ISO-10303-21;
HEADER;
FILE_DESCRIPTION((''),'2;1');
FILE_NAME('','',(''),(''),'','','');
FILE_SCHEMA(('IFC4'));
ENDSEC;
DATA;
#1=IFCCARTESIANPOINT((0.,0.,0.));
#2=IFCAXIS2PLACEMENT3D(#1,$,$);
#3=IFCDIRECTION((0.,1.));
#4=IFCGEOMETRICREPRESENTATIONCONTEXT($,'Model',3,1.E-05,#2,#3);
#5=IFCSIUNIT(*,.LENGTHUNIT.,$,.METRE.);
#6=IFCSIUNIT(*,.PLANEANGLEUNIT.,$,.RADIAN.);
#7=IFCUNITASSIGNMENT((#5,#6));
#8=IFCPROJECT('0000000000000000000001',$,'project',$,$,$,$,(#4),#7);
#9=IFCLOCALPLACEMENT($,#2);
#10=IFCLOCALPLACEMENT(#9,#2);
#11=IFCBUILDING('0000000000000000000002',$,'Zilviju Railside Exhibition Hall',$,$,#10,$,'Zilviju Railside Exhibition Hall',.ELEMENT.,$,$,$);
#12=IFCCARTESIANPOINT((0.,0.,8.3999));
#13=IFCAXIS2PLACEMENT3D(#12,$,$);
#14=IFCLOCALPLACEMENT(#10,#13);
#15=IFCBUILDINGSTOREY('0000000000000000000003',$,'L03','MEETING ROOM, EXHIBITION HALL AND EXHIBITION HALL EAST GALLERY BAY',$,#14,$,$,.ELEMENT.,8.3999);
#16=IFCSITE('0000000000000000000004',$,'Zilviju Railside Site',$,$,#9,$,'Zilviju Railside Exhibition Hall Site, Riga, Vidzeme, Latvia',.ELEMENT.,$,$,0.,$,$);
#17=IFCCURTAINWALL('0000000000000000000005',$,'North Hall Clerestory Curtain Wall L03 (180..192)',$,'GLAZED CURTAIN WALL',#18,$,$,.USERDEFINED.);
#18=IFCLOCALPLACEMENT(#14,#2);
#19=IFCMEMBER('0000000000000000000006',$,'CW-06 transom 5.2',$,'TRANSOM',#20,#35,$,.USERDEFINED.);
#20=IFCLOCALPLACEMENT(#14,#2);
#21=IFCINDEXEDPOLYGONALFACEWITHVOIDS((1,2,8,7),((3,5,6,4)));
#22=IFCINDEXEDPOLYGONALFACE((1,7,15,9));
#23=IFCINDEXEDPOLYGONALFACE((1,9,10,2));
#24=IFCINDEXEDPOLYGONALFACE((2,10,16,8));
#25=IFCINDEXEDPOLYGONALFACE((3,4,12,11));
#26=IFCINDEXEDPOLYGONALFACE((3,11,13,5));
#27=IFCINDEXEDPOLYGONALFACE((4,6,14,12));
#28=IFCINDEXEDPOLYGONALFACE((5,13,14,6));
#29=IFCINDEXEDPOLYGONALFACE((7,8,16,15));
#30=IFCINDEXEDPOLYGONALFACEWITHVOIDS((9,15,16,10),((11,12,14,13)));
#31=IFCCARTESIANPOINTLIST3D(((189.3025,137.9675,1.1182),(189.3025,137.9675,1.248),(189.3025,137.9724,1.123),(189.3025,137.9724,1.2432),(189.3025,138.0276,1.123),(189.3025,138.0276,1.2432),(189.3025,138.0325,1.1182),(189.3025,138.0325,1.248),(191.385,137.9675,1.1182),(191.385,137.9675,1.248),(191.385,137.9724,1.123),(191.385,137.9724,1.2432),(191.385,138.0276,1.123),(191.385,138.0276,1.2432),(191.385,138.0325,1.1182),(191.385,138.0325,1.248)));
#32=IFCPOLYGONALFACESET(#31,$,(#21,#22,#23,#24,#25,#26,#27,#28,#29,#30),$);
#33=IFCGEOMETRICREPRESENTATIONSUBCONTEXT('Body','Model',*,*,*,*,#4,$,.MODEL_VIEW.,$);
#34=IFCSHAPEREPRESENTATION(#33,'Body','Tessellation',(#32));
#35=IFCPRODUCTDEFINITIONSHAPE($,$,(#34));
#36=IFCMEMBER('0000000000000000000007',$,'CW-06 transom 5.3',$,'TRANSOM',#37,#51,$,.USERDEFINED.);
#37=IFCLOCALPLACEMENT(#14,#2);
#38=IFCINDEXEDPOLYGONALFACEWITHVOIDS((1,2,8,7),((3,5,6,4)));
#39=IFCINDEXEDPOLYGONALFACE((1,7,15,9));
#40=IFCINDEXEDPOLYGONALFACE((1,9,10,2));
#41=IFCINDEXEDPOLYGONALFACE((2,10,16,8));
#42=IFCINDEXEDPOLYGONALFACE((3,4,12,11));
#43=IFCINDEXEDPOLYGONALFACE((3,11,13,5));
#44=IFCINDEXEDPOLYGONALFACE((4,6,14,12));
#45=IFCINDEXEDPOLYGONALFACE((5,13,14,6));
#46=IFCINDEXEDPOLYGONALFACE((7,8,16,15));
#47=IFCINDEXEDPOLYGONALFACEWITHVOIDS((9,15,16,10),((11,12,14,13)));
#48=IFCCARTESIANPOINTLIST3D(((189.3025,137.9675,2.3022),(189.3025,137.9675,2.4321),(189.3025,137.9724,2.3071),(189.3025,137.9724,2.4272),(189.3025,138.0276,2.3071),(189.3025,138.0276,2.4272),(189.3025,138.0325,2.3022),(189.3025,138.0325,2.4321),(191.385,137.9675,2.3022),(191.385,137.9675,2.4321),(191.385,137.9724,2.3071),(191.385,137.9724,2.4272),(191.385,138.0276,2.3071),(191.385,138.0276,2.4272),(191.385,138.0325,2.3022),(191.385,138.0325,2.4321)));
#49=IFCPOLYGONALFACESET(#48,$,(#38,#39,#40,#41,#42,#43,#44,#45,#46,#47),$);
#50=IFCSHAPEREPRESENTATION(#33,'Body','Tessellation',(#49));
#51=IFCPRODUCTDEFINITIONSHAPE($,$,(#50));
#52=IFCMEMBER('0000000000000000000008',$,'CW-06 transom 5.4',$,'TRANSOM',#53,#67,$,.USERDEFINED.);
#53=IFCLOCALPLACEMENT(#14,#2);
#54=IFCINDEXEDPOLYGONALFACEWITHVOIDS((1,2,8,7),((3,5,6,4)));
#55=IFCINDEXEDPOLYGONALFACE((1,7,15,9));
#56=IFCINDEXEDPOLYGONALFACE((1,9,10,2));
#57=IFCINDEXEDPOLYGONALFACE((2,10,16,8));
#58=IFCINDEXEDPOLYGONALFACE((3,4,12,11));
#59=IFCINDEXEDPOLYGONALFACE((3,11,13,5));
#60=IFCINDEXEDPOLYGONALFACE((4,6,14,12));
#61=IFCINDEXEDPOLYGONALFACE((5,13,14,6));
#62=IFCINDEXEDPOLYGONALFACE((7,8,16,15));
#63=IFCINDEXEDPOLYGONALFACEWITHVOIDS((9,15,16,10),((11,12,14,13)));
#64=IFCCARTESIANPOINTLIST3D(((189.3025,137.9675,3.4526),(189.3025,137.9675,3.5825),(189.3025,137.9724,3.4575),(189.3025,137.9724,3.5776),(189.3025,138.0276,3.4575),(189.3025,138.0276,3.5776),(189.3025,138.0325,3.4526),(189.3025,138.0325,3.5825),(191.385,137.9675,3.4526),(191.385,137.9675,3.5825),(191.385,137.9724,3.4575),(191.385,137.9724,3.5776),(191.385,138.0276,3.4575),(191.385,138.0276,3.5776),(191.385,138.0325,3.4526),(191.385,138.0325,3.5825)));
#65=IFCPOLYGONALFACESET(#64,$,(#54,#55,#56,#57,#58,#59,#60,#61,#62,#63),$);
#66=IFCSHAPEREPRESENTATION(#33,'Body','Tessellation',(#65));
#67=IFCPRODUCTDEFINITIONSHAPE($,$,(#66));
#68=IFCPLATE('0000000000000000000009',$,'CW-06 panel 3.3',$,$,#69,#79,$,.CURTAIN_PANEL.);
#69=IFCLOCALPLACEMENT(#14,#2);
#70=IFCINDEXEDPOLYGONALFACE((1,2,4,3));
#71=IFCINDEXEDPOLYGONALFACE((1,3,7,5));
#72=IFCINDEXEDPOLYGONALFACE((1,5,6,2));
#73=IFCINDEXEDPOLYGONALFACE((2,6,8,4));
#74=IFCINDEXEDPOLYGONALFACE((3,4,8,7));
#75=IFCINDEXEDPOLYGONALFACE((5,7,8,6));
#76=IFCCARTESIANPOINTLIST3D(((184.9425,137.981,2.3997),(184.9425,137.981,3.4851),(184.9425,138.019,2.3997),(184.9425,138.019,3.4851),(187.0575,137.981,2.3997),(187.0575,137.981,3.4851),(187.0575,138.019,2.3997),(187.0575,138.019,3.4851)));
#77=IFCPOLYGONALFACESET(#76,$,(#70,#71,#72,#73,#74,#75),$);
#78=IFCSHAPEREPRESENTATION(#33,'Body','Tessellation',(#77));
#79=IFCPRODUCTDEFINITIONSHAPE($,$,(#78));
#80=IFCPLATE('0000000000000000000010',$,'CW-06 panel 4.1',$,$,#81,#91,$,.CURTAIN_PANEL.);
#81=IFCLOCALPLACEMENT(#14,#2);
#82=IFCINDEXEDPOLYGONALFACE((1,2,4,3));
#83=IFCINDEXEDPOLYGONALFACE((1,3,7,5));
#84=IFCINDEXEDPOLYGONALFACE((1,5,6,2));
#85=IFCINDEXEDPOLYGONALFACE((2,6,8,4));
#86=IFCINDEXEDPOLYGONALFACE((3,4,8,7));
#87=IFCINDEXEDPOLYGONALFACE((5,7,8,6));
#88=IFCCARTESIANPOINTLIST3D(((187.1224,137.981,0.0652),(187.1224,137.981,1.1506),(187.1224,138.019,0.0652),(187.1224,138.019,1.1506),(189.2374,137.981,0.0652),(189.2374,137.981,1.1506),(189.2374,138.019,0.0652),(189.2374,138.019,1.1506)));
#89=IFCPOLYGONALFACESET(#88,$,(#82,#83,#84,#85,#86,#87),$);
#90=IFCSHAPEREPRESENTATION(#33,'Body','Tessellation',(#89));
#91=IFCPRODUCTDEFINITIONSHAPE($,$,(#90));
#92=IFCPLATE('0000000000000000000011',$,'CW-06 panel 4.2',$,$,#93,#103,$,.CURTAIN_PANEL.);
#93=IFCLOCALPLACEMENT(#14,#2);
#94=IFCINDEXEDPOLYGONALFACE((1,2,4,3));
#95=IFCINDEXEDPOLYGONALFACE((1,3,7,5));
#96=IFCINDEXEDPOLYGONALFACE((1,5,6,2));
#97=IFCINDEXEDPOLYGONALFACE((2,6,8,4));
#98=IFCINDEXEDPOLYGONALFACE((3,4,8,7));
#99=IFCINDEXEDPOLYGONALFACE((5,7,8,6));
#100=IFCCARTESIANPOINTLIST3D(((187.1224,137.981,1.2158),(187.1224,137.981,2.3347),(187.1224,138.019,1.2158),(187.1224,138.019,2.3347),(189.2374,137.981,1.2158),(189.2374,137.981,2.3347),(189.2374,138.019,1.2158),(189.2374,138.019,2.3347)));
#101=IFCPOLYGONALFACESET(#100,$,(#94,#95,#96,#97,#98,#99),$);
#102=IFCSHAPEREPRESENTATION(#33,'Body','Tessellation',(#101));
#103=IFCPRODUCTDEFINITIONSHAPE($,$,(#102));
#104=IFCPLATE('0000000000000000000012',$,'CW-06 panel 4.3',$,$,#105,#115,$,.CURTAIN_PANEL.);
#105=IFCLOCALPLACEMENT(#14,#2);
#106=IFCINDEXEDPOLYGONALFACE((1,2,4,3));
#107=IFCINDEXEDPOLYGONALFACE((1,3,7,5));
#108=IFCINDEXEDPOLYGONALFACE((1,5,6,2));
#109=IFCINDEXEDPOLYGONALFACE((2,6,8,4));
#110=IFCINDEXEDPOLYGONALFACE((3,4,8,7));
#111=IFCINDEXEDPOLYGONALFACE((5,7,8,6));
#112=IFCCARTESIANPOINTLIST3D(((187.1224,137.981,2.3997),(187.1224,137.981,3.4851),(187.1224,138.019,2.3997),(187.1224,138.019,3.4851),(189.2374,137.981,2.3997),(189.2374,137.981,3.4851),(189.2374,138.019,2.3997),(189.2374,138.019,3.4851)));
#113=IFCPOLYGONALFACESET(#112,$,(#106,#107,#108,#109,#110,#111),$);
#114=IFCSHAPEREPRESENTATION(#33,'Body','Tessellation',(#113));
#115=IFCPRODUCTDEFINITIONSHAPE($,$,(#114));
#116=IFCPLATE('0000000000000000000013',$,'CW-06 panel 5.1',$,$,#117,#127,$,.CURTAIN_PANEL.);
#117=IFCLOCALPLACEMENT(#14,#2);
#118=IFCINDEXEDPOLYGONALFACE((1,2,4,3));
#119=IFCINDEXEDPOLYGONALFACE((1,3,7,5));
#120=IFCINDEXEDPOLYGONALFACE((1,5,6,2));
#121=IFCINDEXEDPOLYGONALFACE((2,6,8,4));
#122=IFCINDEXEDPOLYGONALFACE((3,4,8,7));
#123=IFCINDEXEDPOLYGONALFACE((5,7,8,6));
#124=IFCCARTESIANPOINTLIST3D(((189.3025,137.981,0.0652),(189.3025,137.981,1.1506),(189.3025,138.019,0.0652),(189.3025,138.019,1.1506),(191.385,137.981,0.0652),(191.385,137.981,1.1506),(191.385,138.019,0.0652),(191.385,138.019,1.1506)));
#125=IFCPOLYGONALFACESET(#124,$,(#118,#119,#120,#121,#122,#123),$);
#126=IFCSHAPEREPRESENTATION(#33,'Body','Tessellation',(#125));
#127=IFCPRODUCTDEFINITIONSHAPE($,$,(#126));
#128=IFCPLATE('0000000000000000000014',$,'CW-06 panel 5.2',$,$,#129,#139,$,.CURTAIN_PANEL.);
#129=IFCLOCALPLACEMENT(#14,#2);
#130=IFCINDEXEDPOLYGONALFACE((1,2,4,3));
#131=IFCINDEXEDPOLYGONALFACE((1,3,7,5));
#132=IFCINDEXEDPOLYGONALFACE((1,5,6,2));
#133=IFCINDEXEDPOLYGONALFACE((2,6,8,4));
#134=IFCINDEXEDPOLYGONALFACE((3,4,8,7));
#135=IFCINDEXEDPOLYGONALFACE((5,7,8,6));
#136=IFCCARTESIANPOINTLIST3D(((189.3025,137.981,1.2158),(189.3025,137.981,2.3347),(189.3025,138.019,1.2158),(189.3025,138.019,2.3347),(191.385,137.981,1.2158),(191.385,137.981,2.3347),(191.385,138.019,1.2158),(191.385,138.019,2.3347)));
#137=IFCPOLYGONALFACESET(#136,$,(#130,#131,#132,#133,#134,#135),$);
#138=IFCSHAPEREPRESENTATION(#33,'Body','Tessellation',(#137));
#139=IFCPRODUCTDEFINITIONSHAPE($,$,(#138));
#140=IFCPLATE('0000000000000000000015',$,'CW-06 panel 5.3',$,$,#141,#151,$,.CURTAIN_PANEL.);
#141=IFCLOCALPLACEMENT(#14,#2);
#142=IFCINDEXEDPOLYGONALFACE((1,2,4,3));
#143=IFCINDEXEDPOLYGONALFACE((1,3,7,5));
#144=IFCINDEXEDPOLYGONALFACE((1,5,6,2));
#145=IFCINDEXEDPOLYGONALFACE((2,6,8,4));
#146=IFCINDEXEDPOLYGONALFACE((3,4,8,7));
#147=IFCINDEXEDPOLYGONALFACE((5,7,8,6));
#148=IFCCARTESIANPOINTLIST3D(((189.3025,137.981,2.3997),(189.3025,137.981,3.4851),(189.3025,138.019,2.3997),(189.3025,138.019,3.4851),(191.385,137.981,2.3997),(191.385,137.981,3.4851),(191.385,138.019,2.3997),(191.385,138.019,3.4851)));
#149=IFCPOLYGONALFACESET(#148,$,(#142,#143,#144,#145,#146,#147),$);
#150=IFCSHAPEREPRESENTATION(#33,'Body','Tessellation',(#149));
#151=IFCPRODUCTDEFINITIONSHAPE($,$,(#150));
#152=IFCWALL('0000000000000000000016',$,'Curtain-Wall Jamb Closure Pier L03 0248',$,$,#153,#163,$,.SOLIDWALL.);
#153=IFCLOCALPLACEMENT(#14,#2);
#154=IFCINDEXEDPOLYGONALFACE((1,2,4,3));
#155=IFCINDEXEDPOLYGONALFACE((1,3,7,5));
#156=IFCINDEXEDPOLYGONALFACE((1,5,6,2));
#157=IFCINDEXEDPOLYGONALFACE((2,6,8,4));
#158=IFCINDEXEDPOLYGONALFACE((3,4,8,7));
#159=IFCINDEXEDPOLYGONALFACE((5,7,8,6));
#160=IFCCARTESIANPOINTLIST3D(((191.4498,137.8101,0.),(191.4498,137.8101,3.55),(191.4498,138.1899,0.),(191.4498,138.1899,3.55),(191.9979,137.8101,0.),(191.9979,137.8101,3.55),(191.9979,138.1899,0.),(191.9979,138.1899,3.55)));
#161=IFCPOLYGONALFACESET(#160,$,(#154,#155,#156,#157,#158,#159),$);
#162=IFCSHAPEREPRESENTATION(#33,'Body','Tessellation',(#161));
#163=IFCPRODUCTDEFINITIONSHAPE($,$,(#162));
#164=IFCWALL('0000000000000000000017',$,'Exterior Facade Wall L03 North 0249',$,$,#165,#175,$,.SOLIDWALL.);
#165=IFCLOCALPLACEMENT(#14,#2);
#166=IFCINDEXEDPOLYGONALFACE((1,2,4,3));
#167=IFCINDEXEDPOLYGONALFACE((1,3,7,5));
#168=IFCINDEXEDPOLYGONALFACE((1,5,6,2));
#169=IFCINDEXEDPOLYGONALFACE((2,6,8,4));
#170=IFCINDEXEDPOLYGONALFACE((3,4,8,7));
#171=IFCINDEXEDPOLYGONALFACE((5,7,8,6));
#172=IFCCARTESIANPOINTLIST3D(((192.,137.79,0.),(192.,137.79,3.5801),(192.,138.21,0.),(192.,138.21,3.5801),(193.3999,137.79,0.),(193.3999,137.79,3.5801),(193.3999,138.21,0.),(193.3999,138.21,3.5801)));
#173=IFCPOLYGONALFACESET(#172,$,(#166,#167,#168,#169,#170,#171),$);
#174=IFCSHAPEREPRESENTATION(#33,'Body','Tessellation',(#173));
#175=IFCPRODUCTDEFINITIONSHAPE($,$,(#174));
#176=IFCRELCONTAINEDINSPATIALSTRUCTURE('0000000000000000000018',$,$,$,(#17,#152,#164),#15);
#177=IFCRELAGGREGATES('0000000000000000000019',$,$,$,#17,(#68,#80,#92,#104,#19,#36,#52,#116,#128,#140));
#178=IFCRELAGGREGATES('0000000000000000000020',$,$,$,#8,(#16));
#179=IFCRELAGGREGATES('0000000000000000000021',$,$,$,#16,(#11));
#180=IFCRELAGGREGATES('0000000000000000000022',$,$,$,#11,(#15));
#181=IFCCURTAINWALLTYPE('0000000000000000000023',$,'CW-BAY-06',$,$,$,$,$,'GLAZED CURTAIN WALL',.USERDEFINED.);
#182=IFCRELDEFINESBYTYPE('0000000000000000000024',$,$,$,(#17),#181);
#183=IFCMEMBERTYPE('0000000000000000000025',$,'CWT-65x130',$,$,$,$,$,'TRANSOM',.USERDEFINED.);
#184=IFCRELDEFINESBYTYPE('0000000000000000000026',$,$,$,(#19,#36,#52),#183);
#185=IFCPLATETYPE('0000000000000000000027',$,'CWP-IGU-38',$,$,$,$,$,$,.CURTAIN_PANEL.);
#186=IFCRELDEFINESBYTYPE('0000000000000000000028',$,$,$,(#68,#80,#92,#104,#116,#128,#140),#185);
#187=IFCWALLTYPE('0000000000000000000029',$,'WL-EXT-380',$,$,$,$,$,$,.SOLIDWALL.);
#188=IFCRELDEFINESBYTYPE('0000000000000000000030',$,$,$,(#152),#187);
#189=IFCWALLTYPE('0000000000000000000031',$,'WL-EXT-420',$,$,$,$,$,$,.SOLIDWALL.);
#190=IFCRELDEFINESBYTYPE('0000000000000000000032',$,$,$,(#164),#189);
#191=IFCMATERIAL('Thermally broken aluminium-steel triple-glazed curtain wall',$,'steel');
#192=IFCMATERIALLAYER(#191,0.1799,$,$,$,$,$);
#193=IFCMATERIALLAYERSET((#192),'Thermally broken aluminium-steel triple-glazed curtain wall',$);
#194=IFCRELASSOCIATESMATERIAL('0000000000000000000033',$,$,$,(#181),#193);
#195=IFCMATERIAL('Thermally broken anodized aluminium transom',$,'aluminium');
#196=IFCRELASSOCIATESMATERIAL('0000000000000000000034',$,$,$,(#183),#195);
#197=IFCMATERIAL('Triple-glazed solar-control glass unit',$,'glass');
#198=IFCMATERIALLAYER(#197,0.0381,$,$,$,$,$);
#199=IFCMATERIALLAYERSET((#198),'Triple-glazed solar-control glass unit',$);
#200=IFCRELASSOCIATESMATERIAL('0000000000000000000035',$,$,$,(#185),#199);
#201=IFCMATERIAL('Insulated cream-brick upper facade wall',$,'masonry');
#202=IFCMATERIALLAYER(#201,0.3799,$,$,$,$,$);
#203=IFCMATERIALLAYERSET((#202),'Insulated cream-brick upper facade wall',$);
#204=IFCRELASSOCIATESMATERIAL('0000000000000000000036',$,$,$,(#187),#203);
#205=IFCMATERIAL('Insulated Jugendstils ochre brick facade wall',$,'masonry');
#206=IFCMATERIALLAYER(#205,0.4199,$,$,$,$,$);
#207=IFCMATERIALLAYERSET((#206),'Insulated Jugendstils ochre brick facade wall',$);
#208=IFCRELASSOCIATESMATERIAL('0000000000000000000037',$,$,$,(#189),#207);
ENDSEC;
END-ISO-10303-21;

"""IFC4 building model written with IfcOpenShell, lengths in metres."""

from ifc_helpers import new_model, si_unit, direction, frame, frame_2d, origin, origin_2d, place, context, subcontext, project, spatial, rectangle, hollow_rectangle, extrude, material, layer, layer_set, material_profile, profile_set, type_object, element, aggregate, save


model = new_model("IFC4")

# Units and contexts
model_context = context("Model", 3, precision=1e-05, world=origin(), true_north=direction((0.0, 1.0)))
body_context = subcontext(model_context, "Body", "Model", "MODEL_VIEW")
ifc_project = project(units=[si_unit("LENGTHUNIT", "METRE"), si_unit("PLANEANGLEUNIT", "RADIAN")], contexts=[model_context])

# Site, building, storey
site_placement = place(None, origin())
site = spatial("IfcSite", under=ifc_project, at=site_placement, Name="Zilviju Railside Site", LongName="Zilviju Railside Exhibition Hall Site, Riga, Vidzeme, Latvia", CompositionType="ELEMENT", RefElevation=0.0)
building_placement = place(site_placement, origin())
building = spatial("IfcBuilding", under=site, at=building_placement, Name="Zilviju Railside Exhibition Hall", LongName="Zilviju Railside Exhibition Hall", CompositionType="ELEMENT")
storey_placement = place(building_placement, frame((0.0, 0.0, 8.3999)))
storey = spatial("IfcBuildingStorey", under=building, at=storey_placement, Name="L03", Description="MEETING ROOM, EXHIBITION HALL AND EXHIBITION HALL EAST GALLERY BAY", CompositionType="ELEMENT", Elevation=8.3999)

# Curtain wall, members, plates
ifc_material_1 = material(Name="Thermally broken aluminium-steel triple-glazed curtain wall", Category="steel")
ifc_layer_1 = layer(ifc_material_1, 0.1799)
ifc_layer_set_1 = layer_set([ifc_layer_1], Name="Thermally broken aluminium-steel triple-glazed curtain wall")
curtain_wall_type = type_object("IfcCurtainWallType", Name="CW-BAY-06", ElementType="GLAZED CURTAIN WALL", PredefinedType="USERDEFINED", material=ifc_layer_set_1)
curtain_wall_placement = place(storey_placement, origin())
curtain_wall = element("IfcCurtainWall", 1, at=curtain_wall_placement, inside=storey, type_object=curtain_wall_type, Name="North Hall Clerestory Curtain Wall L03 (180..192)", ObjectType="GLAZED CURTAIN WALL", PredefinedType="USERDEFINED")
ifc_material_2 = material(Name="Thermally broken anodized aluminium transom", Category="aluminium")
ifc_material_profile_1 = material_profile(ifc_material_2, hollow_rectangle(XDim=0.0649, YDim=0.1299, WallThickness=0.0049, at=origin_2d()), Name="TRANSOM 130x65x5")
ifc_profile_set_1 = profile_set([ifc_material_profile_1], Name="Thermally broken anodized aluminium transom")
member_type_1 = type_object("IfcMemberType", Name="CWT-65x130", ElementType="TRANSOM", PredefinedType="USERDEFINED", material=ifc_profile_set_1)
member_1_placement = place(storey_placement, frame((189.3025, 138.0, 1.1831), z_axis=(1.0, 0.0, 0.0), x_axis=(0.0, 1.0, 0.0)))
member_1 = element("IfcMember", 2, at=member_1_placement, type_object=member_type_1, Name="CW-06 transom 5.2", ObjectType="TRANSOM", PredefinedType="USERDEFINED", context=body_context, shape_type="SweptSolid", body=[
    extrude(hollow_rectangle(XDim=0.0649, YDim=0.1299, WallThickness=0.0049, at=origin_2d()), origin(), (0.0, 0.0, 1.0), 2.0825),
])
member_2_placement = place(storey_placement, frame((189.3025, 138.0, 2.3672), z_axis=(1.0, 0.0, 0.0), x_axis=(0.0, 1.0, 0.0)))
member_2 = element("IfcMember", 3, at=member_2_placement, type_object=member_type_1, Name="CW-06 transom 5.3", ObjectType="TRANSOM", PredefinedType="USERDEFINED", context=body_context, shape_type="SweptSolid", body=[
    extrude(hollow_rectangle(XDim=0.0649, YDim=0.1299, WallThickness=0.0049, at=origin_2d()), origin(), (0.0, 0.0, 1.0), 2.0825),
])
member_3_placement = place(storey_placement, frame((189.3025, 138.0, 3.5176), z_axis=(1.0, 0.0, 0.0), x_axis=(0.0, 1.0, 0.0)))
member_3 = element("IfcMember", 4, at=member_3_placement, type_object=member_type_1, Name="CW-06 transom 5.4", ObjectType="TRANSOM", PredefinedType="USERDEFINED", context=body_context, shape_type="SweptSolid", body=[
    extrude(hollow_rectangle(XDim=0.0649, YDim=0.1299, WallThickness=0.0049, at=origin_2d()), origin(), (0.0, 0.0, 1.0), 2.0825),
])
ifc_material_3 = material(Name="Triple-glazed solar-control glass unit", Category="glass")
ifc_layer_2 = layer(ifc_material_3, 0.0381)
ifc_layer_set_2 = layer_set([ifc_layer_2], Name="Triple-glazed solar-control glass unit")
plate_type = type_object("IfcPlateType", Name="CWP-IGU-38", PredefinedType="CURTAIN_PANEL", material=ifc_layer_set_2)
plate_1_placement = place(storey_placement, frame((186.0, 138.0, 2.3997), z_axis=(0.0, 0.0, 1.0), x_axis=(1.0, 0.0, 0.0)))
plate_1 = element("IfcPlate", 5, at=plate_1_placement, type_object=plate_type, Name="CW-06 panel 3.3", PredefinedType="CURTAIN_PANEL", context=body_context, shape_type="SweptSolid", body=[
    extrude(rectangle(XDim=2.115, YDim=0.0381, at=origin_2d()), origin(), (0.0, 0.0, 1.0), 1.0854),
])
plate_2_placement = place(storey_placement, frame((188.1799, 138.0, 0.0652), z_axis=(0.0, 0.0, 1.0), x_axis=(1.0, 0.0, 0.0)))
plate_2 = element("IfcPlate", 6, at=plate_2_placement, type_object=plate_type, Name="CW-06 panel 4.1", PredefinedType="CURTAIN_PANEL", context=body_context, shape_type="SweptSolid", body=[
    extrude(rectangle(XDim=2.115, YDim=0.0381, at=origin_2d()), origin(), (0.0, 0.0, 1.0), 1.0854),
])
plate_3_placement = place(storey_placement, frame((188.1799, 138.0, 1.2158), z_axis=(0.0, 0.0, 1.0), x_axis=(1.0, 0.0, 0.0)))
plate_3 = element("IfcPlate", 7, at=plate_3_placement, type_object=plate_type, Name="CW-06 panel 4.2", PredefinedType="CURTAIN_PANEL", context=body_context, shape_type="SweptSolid", body=[
    extrude(rectangle(XDim=2.115, YDim=0.0381, at=origin_2d()), origin(), (0.0, 0.0, 1.0), 1.1189),
])
plate_4_placement = place(storey_placement, frame((188.1799, 138.0, 2.3997), z_axis=(0.0, 0.0, 1.0), x_axis=(1.0, 0.0, 0.0)))
plate_4 = element("IfcPlate", 8, at=plate_4_placement, type_object=plate_type, Name="CW-06 panel 4.3", PredefinedType="CURTAIN_PANEL", context=body_context, shape_type="SweptSolid", body=[
    extrude(rectangle(XDim=2.115, YDim=0.0381, at=origin_2d()), origin(), (0.0, 0.0, 1.0), 1.0854),
])
plate_5_placement = place(storey_placement, frame((190.3438, 138.0, 0.0652), z_axis=(0.0, 0.0, 1.0), x_axis=(1.0, 0.0, 0.0)))
plate_5 = element("IfcPlate", 9, at=plate_5_placement, type_object=plate_type, Name="CW-06 panel 5.1", PredefinedType="CURTAIN_PANEL", context=body_context, shape_type="SweptSolid", body=[
    extrude(rectangle(XDim=2.0825, YDim=0.0381, at=origin_2d()), origin(), (0.0, 0.0, 1.0), 1.0854),
])
plate_6_placement = place(storey_placement, frame((190.3438, 138.0, 1.2158), z_axis=(0.0, 0.0, 1.0), x_axis=(1.0, 0.0, 0.0)))
plate_6 = element("IfcPlate", 10, at=plate_6_placement, type_object=plate_type, Name="CW-06 panel 5.2", PredefinedType="CURTAIN_PANEL", context=body_context, shape_type="SweptSolid", body=[
    extrude(rectangle(XDim=2.0825, YDim=0.0381, at=origin_2d()), origin(), (0.0, 0.0, 1.0), 1.1189),
])
plate_7_placement = place(storey_placement, frame((190.3438, 138.0, 2.3997), z_axis=(0.0, 0.0, 1.0), x_axis=(1.0, 0.0, 0.0)))
plate_7 = element("IfcPlate", 11, at=plate_7_placement, type_object=plate_type, Name="CW-06 panel 5.3", PredefinedType="CURTAIN_PANEL", context=body_context, shape_type="SweptSolid", body=[
    extrude(rectangle(XDim=2.0825, YDim=0.0381, at=origin_2d()), origin(), (0.0, 0.0, 1.0), 1.0854),
])
aggregate(curtain_wall, [plate_1, plate_2, plate_3, plate_4, member_1, member_2, member_3, plate_5, plate_6, plate_7])

# Walls
ifc_material_4 = material(Name="Insulated cream-brick upper facade wall", Category="masonry")
ifc_layer_3 = layer(ifc_material_4, 0.3799)
ifc_layer_set_3 = layer_set([ifc_layer_3], Name="Insulated cream-brick upper facade wall")
wall_type_1 = type_object("IfcWallType", Name="WL-EXT-380", PredefinedType="SOLIDWALL", material=ifc_layer_set_3)
wall_1_placement = place(storey_placement, frame((191.45, 138.0, 0.0), z_axis=(0.0, 0.0, 1.0), x_axis=(1.0, 0.0, 0.0)))
element("IfcWall", 12, at=wall_1_placement, inside=storey, type_object=wall_type_1, Name="Curtain-Wall Jamb Closure Pier L03 0248", PredefinedType="SOLIDWALL", context=body_context, shape_type="SweptSolid", body=[
    extrude(rectangle(XDim=0.5481, YDim=0.3799, at=frame_2d((0.2739, 0.0))), origin(), (0.0, 0.0, 1.0), 3.55),
])
ifc_material_5 = material(Name="Insulated Jugendstils ochre brick facade wall", Category="masonry")
ifc_layer_4 = layer(ifc_material_5, 0.4199)
ifc_layer_set_4 = layer_set([ifc_layer_4], Name="Insulated Jugendstils ochre brick facade wall")
wall_type_2 = type_object("IfcWallType", Name="WL-EXT-420", PredefinedType="SOLIDWALL", material=ifc_layer_set_4)
wall_2_placement = place(storey_placement, frame((192.0, 138.0, 0.0), z_axis=(0.0, 0.0, 1.0), x_axis=(1.0, 0.0, 0.0)))
element("IfcWall", 13, at=wall_2_placement, inside=storey, type_object=wall_type_2, Name="Exterior Facade Wall L03 North 0249", PredefinedType="SOLIDWALL", context=body_context, shape_type="SweptSolid", body=[
    extrude(rectangle(XDim=1.3999, YDim=0.4199, at=frame_2d((0.7, 0.0))), origin(), (0.0, 0.0, 1.0), 3.5801),
])

save(model, "model.ifc")
